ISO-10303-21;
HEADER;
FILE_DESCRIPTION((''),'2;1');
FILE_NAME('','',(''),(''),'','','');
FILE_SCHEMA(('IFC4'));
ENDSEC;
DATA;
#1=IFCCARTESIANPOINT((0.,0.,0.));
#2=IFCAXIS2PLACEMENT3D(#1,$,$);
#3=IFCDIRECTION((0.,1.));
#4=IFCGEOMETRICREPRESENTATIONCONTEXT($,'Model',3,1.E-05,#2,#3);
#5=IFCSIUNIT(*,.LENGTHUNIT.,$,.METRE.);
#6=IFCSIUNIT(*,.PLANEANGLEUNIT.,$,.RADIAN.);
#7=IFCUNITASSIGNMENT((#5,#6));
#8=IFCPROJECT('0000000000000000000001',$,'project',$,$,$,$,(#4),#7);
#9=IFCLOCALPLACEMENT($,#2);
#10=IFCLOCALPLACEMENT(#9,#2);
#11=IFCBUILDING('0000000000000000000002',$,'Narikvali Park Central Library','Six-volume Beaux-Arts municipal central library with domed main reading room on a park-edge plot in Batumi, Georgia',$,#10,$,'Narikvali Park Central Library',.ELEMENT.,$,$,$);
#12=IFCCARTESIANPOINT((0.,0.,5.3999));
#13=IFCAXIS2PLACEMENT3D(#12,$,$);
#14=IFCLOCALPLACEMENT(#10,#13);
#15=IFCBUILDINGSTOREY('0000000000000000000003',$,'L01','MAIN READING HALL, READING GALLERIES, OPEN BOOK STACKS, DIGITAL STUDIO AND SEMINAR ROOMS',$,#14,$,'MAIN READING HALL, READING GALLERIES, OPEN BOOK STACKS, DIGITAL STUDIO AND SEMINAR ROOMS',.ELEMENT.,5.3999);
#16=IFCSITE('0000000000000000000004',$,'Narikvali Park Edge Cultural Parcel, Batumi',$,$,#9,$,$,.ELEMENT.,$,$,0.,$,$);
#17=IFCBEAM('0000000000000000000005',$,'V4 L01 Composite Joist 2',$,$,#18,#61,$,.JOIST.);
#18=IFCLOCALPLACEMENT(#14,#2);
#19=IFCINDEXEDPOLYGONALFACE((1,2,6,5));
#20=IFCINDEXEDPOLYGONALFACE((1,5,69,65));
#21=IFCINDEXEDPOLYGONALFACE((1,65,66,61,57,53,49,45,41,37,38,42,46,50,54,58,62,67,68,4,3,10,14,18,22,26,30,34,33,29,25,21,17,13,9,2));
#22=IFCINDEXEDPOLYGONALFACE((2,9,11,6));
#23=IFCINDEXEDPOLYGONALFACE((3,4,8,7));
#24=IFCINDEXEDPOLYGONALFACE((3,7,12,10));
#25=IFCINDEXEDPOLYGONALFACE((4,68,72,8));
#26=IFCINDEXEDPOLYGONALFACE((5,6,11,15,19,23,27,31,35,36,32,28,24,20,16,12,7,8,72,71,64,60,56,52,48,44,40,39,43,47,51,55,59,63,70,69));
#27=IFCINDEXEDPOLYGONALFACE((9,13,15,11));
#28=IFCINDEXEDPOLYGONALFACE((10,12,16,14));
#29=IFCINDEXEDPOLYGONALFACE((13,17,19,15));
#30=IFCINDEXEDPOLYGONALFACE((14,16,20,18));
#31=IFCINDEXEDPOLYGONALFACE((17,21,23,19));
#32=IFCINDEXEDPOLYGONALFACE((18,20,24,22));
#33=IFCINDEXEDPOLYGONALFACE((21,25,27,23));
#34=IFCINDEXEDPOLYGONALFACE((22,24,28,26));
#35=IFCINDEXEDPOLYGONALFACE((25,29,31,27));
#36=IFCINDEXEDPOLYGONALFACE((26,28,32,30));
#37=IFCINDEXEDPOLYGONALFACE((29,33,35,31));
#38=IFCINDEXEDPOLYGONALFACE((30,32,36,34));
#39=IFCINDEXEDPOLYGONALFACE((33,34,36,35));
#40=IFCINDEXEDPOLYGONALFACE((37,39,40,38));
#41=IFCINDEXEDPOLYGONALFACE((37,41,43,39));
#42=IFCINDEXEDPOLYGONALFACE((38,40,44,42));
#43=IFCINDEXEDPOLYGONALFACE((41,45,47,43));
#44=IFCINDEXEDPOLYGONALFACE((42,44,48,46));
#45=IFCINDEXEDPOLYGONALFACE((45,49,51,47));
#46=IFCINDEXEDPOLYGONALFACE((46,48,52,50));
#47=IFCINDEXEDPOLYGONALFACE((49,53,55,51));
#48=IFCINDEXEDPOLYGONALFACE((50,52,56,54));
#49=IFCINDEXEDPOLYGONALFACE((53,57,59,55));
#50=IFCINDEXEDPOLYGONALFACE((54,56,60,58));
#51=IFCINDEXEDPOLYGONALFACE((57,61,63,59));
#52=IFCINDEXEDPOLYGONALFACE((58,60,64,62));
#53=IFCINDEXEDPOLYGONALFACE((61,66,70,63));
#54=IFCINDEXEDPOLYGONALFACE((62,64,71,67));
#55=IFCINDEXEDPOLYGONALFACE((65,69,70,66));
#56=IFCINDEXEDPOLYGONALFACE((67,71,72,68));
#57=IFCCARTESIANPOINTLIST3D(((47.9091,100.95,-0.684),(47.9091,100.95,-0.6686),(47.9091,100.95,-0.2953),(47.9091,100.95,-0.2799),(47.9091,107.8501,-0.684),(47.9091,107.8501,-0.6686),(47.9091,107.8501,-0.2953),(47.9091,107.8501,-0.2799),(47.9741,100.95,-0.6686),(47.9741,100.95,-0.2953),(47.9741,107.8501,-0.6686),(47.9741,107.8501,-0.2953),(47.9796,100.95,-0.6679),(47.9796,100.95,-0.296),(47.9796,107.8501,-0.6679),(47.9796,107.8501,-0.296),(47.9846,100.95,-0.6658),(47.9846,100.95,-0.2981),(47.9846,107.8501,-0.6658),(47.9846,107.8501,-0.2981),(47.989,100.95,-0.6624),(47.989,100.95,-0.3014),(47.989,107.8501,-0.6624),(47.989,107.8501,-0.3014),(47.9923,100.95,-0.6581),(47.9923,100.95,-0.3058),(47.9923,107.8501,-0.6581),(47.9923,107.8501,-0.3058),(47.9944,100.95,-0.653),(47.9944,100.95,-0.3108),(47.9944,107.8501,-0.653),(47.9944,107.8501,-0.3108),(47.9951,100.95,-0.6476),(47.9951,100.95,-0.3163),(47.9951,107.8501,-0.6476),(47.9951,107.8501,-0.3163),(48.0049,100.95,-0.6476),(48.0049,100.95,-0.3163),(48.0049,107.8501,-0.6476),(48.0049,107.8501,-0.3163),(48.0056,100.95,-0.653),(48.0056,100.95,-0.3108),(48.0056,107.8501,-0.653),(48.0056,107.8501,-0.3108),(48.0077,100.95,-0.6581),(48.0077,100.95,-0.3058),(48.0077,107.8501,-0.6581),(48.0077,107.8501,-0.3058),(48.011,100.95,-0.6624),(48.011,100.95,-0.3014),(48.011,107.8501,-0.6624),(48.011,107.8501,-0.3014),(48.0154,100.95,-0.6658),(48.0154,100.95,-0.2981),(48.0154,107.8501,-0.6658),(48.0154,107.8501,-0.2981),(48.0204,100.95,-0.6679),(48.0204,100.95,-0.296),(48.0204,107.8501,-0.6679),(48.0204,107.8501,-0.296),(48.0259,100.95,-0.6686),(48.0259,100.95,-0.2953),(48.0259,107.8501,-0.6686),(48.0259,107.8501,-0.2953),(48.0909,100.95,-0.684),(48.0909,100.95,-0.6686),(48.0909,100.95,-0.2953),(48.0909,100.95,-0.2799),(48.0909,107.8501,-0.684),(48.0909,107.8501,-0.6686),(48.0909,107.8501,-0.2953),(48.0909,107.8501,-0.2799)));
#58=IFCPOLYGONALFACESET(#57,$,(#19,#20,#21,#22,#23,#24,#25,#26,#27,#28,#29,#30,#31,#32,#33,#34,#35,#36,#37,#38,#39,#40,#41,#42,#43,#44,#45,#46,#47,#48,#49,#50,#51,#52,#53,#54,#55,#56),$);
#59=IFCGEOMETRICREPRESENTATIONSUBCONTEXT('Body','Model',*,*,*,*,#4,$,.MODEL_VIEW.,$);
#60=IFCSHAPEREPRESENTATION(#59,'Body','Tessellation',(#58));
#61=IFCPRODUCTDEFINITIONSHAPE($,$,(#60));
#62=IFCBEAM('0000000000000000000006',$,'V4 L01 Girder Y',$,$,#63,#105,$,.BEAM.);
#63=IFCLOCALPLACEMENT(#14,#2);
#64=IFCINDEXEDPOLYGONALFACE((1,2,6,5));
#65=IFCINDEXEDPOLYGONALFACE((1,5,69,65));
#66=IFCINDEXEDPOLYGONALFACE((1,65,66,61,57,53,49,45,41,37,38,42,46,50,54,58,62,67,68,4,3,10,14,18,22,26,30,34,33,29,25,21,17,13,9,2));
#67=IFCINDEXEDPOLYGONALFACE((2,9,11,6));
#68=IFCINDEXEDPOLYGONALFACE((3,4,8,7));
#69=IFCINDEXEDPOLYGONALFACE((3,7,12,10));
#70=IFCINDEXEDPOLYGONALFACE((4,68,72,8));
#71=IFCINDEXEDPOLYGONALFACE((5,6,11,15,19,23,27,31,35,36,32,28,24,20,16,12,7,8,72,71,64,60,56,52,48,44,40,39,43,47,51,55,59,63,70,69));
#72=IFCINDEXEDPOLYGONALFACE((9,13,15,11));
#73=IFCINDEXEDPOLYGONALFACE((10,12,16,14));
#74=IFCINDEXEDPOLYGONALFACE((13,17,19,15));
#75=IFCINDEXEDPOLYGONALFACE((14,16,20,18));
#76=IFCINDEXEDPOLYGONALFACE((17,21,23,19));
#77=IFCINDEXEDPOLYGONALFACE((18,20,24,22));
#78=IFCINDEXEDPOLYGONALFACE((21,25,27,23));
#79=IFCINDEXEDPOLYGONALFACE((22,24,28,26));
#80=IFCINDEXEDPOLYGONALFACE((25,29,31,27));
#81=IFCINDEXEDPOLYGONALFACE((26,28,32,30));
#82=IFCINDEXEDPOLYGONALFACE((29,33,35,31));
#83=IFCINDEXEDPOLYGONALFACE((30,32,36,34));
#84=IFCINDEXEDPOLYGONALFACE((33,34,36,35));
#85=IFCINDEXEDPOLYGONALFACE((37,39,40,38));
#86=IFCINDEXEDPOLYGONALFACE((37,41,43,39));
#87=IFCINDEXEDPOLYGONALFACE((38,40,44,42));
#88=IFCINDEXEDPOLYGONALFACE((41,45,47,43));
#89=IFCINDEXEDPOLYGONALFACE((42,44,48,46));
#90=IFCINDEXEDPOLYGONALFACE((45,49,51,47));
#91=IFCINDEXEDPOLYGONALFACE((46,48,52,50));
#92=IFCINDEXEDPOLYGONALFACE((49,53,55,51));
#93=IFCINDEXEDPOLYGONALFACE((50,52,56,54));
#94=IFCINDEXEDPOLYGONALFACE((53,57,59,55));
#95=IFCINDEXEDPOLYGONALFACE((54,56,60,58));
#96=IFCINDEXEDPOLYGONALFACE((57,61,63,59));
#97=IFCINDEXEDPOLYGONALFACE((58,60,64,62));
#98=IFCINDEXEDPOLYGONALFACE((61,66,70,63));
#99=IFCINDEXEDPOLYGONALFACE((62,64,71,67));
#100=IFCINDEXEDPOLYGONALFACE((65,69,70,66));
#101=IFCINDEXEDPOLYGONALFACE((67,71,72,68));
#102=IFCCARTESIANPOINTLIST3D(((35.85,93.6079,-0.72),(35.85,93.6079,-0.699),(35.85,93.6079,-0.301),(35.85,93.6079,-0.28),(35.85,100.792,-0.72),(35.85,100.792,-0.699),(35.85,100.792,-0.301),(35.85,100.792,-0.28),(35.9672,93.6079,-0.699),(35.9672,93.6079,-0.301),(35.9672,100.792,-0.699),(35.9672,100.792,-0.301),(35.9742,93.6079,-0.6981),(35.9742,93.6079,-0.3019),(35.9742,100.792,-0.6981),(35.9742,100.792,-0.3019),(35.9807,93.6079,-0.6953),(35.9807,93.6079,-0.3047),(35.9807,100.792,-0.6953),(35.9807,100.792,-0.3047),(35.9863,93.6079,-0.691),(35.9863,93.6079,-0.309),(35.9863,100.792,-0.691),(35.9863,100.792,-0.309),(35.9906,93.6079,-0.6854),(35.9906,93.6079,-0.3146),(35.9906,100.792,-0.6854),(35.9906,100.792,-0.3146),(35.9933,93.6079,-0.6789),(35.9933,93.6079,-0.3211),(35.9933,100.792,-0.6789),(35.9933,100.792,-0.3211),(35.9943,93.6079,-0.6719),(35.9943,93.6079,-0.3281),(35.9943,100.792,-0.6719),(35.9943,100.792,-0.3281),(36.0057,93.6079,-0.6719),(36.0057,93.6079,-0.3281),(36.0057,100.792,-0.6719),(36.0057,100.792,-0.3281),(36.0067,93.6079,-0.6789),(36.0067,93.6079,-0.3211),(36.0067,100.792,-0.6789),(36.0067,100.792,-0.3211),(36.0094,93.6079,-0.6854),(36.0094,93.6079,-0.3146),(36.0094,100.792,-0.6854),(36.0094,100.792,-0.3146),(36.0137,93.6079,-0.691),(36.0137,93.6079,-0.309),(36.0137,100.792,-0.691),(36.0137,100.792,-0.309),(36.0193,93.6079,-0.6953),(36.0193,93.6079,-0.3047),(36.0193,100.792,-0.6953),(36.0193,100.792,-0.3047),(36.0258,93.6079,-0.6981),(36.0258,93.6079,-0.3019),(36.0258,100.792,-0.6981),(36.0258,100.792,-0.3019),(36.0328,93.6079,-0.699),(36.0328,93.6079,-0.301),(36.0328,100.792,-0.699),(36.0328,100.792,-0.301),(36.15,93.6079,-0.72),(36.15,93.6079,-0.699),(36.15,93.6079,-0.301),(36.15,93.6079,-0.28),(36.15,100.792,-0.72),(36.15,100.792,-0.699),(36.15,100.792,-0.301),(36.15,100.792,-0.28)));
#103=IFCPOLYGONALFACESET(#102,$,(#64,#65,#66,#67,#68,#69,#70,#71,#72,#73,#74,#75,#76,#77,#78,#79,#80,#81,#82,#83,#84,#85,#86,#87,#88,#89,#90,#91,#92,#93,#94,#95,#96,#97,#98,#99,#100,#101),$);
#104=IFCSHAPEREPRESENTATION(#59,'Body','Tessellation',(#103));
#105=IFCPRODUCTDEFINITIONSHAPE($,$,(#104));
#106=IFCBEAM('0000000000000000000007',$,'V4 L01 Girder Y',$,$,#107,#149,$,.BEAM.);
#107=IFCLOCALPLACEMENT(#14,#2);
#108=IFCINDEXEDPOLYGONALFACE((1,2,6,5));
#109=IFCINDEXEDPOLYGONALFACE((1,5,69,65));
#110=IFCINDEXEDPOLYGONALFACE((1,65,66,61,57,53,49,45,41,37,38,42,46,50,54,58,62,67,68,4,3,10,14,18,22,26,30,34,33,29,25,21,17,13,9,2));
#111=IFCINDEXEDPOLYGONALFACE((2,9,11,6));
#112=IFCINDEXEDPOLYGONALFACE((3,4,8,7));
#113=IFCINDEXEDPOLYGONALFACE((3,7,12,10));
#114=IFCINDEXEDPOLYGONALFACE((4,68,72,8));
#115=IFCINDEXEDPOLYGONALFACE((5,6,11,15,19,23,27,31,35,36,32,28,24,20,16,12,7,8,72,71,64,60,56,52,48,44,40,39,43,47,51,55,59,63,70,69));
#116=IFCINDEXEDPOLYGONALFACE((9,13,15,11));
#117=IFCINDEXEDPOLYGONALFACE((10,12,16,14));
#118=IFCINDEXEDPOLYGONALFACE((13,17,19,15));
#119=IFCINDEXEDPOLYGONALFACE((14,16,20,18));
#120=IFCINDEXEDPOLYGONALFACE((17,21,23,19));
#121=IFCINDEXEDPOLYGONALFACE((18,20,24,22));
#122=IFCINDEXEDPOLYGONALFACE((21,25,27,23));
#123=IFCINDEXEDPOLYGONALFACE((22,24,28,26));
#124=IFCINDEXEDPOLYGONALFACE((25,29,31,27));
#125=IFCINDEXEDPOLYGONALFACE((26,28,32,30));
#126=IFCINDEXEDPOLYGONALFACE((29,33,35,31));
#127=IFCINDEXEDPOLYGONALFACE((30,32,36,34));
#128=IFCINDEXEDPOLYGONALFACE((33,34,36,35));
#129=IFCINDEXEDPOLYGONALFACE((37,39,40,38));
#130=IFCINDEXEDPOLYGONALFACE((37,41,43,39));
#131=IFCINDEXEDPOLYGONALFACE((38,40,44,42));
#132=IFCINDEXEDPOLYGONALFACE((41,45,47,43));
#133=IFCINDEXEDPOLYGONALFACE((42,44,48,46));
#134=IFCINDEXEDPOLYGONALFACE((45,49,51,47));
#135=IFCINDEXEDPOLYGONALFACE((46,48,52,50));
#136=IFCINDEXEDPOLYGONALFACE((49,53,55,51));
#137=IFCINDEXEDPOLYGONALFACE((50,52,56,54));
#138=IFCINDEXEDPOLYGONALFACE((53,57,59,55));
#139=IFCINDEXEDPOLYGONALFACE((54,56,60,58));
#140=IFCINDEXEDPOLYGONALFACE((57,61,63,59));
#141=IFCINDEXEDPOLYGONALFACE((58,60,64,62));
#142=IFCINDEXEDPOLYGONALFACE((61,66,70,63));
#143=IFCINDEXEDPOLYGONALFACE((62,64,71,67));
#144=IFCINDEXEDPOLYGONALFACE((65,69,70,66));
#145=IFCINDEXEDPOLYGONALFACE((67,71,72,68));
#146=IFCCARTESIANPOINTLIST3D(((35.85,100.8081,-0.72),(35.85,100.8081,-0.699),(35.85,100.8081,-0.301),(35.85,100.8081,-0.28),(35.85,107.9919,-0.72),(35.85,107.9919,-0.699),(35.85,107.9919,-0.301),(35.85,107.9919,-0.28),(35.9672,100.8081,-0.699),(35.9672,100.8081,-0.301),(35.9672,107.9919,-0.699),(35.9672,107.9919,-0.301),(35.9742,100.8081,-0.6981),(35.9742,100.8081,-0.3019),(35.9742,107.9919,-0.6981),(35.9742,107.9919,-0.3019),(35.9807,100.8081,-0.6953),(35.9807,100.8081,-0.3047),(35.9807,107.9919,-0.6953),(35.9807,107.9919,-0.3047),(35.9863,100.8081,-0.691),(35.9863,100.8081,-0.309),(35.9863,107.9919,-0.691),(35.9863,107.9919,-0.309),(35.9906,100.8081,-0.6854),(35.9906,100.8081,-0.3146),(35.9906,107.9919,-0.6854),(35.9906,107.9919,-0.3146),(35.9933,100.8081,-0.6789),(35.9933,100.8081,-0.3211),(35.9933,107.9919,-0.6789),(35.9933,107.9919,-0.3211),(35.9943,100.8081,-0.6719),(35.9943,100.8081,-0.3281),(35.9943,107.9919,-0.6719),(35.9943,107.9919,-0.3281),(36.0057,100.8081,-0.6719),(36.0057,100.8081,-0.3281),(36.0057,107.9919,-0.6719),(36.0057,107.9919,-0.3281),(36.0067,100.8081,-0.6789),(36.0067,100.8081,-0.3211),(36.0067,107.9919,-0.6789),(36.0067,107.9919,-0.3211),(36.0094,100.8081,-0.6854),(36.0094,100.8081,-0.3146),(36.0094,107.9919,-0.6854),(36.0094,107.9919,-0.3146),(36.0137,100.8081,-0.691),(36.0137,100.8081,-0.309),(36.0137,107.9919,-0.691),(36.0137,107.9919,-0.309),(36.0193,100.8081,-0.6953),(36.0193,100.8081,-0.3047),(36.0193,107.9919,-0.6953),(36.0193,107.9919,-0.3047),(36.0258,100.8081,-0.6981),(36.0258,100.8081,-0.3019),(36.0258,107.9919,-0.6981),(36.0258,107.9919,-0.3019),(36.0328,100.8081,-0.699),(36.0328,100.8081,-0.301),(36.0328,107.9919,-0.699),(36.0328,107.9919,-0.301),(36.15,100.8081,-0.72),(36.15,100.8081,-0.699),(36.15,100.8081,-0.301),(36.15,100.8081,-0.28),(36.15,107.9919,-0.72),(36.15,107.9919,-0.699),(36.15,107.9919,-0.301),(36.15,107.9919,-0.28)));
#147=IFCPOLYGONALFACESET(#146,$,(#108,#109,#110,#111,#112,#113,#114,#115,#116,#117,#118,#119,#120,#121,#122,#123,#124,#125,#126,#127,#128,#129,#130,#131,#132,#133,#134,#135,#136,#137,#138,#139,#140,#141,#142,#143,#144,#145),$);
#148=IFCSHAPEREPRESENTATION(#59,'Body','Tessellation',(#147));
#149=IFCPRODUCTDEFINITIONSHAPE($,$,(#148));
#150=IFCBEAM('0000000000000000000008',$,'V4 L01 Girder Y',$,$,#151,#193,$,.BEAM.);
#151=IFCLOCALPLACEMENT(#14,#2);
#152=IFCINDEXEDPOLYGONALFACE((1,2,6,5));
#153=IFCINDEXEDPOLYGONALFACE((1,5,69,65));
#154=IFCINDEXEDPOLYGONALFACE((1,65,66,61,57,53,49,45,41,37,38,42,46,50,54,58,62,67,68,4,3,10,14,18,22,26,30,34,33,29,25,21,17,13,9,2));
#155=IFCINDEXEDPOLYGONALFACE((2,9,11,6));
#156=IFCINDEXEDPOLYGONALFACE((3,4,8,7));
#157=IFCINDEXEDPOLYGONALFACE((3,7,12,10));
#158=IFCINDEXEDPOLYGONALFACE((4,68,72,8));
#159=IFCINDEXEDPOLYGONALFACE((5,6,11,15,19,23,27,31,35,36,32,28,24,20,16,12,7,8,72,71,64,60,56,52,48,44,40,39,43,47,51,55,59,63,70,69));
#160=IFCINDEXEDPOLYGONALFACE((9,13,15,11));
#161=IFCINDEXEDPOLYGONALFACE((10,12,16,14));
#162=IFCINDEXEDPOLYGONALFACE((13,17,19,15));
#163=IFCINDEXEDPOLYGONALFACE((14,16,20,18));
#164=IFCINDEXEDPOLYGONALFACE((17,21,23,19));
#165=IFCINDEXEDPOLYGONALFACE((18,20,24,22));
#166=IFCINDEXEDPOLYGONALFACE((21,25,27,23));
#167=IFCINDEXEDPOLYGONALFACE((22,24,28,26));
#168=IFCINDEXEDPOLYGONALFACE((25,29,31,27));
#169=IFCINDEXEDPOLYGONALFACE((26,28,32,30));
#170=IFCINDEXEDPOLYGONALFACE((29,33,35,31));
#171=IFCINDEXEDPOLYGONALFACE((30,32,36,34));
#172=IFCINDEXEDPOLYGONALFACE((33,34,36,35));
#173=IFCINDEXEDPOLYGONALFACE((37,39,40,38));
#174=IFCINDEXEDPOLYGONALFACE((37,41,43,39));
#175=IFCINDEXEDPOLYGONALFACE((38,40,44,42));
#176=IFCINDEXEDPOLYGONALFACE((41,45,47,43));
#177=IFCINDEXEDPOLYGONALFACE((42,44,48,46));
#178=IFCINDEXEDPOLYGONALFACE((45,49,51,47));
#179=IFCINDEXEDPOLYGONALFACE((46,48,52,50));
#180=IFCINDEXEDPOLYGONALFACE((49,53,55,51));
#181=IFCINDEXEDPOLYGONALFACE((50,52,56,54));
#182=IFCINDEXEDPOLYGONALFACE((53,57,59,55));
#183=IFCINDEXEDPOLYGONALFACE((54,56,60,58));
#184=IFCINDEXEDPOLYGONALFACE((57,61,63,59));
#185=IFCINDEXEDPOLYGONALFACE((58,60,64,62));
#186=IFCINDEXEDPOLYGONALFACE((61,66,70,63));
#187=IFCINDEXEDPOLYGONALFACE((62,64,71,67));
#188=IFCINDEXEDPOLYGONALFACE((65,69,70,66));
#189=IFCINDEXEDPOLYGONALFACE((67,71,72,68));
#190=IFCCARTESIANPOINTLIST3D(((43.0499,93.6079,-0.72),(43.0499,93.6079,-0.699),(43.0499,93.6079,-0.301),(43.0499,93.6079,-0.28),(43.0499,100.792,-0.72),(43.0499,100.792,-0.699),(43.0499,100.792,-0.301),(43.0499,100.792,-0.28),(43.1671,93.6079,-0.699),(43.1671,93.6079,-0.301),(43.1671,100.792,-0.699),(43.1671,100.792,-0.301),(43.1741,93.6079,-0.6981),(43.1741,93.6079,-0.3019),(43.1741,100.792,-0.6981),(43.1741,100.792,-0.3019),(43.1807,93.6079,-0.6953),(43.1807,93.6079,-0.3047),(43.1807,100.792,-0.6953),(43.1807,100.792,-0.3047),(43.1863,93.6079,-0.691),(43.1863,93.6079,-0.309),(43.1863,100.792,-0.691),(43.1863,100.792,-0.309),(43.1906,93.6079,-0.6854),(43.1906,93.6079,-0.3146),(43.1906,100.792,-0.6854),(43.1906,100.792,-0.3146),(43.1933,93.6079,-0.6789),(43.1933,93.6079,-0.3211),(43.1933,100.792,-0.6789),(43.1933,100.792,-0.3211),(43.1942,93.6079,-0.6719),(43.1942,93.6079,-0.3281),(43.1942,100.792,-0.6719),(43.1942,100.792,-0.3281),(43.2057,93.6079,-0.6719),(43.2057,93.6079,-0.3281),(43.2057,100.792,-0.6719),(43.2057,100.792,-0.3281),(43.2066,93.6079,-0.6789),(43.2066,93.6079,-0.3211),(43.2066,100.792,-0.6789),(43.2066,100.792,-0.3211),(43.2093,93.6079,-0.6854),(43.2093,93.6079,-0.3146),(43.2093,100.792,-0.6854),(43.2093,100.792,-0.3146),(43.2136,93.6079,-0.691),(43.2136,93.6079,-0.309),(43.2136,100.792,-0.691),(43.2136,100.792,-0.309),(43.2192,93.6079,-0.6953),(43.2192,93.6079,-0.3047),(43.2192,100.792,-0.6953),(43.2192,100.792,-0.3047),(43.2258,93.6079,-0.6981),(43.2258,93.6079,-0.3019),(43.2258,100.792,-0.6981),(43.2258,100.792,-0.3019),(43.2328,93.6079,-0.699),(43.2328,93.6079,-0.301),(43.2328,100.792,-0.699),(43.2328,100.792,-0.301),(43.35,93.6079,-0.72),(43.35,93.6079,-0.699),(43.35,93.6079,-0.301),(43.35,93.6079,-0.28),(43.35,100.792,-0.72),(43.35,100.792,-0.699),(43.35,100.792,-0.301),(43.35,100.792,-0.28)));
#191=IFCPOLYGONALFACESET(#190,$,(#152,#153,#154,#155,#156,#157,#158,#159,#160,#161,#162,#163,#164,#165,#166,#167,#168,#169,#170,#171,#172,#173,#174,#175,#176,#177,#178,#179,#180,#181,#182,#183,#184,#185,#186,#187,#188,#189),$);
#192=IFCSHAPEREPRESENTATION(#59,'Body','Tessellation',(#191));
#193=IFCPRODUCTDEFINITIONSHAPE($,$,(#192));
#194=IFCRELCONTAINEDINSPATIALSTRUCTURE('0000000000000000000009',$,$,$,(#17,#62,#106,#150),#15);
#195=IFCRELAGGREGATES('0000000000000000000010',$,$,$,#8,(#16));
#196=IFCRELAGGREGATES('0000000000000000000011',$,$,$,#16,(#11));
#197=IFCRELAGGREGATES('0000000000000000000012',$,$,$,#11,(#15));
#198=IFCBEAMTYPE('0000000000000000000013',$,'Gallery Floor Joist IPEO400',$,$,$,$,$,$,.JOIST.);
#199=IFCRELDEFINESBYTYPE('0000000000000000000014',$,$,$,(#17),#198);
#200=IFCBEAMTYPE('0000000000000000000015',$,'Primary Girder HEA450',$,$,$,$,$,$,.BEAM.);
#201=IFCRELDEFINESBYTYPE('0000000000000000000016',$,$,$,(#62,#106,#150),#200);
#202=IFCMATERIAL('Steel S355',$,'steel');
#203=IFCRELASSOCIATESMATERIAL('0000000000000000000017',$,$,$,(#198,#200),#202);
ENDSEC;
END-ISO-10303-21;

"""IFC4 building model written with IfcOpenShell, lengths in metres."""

from ifc_helpers import new_model, si_unit, direction, frame, origin, origin_2d, place, context, subcontext, project, spatial, i_section, extrude, material, material_profile, profile_set, type_object, element, save


model = new_model("IFC4")

# Units and contexts
model_context = context("Model", 3, precision=1e-05, world=origin(), true_north=direction((0.0, 1.0)))
body_context = subcontext(model_context, "Body", "Model", "MODEL_VIEW")
ifc_project = project(units=[si_unit("LENGTHUNIT", "METRE"), si_unit("PLANEANGLEUNIT", "RADIAN")], contexts=[model_context])

# Site, building, storey
site_placement = place(None, origin())
site = spatial("IfcSite", under=ifc_project, at=site_placement, Name="Narikvali Park Edge Cultural Parcel, Batumi", CompositionType="ELEMENT", RefElevation=0.0)
building_placement = place(site_placement, origin())
building = spatial("IfcBuilding", under=site, at=building_placement, Name="Narikvali Park Central Library", Description="Six-volume Beaux-Arts municipal central library with domed main reading room on a park-edge plot in Batumi, Georgia", LongName="Narikvali Park Central Library", CompositionType="ELEMENT")
storey_placement = place(building_placement, frame((0.0, 0.0, 5.3999)))
storey = spatial("IfcBuildingStorey", under=building, at=storey_placement, Name="L01", Description="MAIN READING HALL, READING GALLERIES, OPEN BOOK STACKS, DIGITAL STUDIO AND SEMINAR ROOMS", LongName="MAIN READING HALL, READING GALLERIES, OPEN BOOK STACKS, DIGITAL STUDIO AND SEMINAR ROOMS", CompositionType="ELEMENT", Elevation=5.3999)

# Shared definitions
ifc_material_1 = material(Name="Steel S355", Category="steel")

# Beams
ifc_material_profile_1 = material_profile(ifc_material_1, i_section(OverallWidth=0.1819, OverallDepth=0.4041, WebThickness=0.0098, FlangeThickness=0.0154, FilletRadius=0.021, at=origin_2d()), Name="IPEO 400")
ifc_profile_set_1 = profile_set([ifc_material_profile_1], Name="Steel S355")
beam_type_1 = type_object("IfcBeamType", Name="Gallery Floor Joist IPEO400", PredefinedType="JOIST", material=ifc_profile_set_1)
for number, where, z_axis, x_axis, name in (
    (1, (48.0, 100.95, -0.4819), (0.0, 1.0, 0.0), (-1.0, 0.0, 0.0), "V4 L01 Composite Joist 2"),
):
    element("IfcBeam", number, at=place(storey_placement, frame(where, z_axis=z_axis, x_axis=x_axis)), inside=storey, type_object=beam_type_1, Name=name, PredefinedType="JOIST", context=body_context, shape_type="SweptSolid", body=[
        extrude(i_section(OverallWidth=0.1819, OverallDepth=0.4041, WebThickness=0.0098, FlangeThickness=0.0154, FilletRadius=0.021, at=origin_2d()), origin(), (0.0, 0.0, 1.0), 6.9001),
    ])
ifc_material_profile_2 = material_profile(ifc_material_1, i_section(OverallWidth=0.3, OverallDepth=0.4399, WebThickness=0.0115, FlangeThickness=0.021, FilletRadius=0.0271, at=origin_2d()), Name="HEA 450")
ifc_profile_set_2 = profile_set([ifc_material_profile_2], Name="Steel S355")
beam_type_2 = type_object("IfcBeamType", Name="Primary Girder HEA450", PredefinedType="BEAM", material=ifc_profile_set_2)
beam_1_placement = place(storey_placement, frame((36.0, 93.6079, -0.5), z_axis=(0.0, 1.0, 0.0), x_axis=(-1.0, 0.0, 0.0)))
element("IfcBeam", 2, at=beam_1_placement, inside=storey, type_object=beam_type_2, Name="V4 L01 Girder Y", PredefinedType="BEAM", context=body_context, shape_type="SweptSolid", body=[
    extrude(i_section(OverallWidth=0.3, OverallDepth=0.4399, WebThickness=0.0115, FlangeThickness=0.021, FilletRadius=0.0271, at=origin_2d()), origin(), (0.0, 0.0, 1.0), 7.1841),
])
beam_2_placement = place(storey_placement, frame((36.0, 100.8081, -0.5), z_axis=(0.0, 1.0, 0.0), x_axis=(-1.0, 0.0, 0.0)))
element("IfcBeam", 3, at=beam_2_placement, inside=storey, type_object=beam_type_2, Name="V4 L01 Girder Y", PredefinedType="BEAM", context=body_context, shape_type="SweptSolid", body=[
    extrude(i_section(OverallWidth=0.3, OverallDepth=0.4399, WebThickness=0.0115, FlangeThickness=0.021, FilletRadius=0.0271, at=origin_2d()), origin(), (0.0, 0.0, 1.0), 7.1838),
])
beam_3_placement = place(storey_placement, frame((43.2, 93.6079, -0.5), z_axis=(0.0, 1.0, 0.0), x_axis=(-1.0, 0.0, 0.0)))
element("IfcBeam", 4, at=beam_3_placement, inside=storey, type_object=beam_type_2, Name="V4 L01 Girder Y", PredefinedType="BEAM", context=body_context, shape_type="SweptSolid", body=[
    extrude(i_section(OverallWidth=0.3, OverallDepth=0.4399, WebThickness=0.0115, FlangeThickness=0.021, FilletRadius=0.0271, at=origin_2d()), origin(), (0.0, 0.0, 1.0), 7.1841),
])

save(model, "model.ifc")
